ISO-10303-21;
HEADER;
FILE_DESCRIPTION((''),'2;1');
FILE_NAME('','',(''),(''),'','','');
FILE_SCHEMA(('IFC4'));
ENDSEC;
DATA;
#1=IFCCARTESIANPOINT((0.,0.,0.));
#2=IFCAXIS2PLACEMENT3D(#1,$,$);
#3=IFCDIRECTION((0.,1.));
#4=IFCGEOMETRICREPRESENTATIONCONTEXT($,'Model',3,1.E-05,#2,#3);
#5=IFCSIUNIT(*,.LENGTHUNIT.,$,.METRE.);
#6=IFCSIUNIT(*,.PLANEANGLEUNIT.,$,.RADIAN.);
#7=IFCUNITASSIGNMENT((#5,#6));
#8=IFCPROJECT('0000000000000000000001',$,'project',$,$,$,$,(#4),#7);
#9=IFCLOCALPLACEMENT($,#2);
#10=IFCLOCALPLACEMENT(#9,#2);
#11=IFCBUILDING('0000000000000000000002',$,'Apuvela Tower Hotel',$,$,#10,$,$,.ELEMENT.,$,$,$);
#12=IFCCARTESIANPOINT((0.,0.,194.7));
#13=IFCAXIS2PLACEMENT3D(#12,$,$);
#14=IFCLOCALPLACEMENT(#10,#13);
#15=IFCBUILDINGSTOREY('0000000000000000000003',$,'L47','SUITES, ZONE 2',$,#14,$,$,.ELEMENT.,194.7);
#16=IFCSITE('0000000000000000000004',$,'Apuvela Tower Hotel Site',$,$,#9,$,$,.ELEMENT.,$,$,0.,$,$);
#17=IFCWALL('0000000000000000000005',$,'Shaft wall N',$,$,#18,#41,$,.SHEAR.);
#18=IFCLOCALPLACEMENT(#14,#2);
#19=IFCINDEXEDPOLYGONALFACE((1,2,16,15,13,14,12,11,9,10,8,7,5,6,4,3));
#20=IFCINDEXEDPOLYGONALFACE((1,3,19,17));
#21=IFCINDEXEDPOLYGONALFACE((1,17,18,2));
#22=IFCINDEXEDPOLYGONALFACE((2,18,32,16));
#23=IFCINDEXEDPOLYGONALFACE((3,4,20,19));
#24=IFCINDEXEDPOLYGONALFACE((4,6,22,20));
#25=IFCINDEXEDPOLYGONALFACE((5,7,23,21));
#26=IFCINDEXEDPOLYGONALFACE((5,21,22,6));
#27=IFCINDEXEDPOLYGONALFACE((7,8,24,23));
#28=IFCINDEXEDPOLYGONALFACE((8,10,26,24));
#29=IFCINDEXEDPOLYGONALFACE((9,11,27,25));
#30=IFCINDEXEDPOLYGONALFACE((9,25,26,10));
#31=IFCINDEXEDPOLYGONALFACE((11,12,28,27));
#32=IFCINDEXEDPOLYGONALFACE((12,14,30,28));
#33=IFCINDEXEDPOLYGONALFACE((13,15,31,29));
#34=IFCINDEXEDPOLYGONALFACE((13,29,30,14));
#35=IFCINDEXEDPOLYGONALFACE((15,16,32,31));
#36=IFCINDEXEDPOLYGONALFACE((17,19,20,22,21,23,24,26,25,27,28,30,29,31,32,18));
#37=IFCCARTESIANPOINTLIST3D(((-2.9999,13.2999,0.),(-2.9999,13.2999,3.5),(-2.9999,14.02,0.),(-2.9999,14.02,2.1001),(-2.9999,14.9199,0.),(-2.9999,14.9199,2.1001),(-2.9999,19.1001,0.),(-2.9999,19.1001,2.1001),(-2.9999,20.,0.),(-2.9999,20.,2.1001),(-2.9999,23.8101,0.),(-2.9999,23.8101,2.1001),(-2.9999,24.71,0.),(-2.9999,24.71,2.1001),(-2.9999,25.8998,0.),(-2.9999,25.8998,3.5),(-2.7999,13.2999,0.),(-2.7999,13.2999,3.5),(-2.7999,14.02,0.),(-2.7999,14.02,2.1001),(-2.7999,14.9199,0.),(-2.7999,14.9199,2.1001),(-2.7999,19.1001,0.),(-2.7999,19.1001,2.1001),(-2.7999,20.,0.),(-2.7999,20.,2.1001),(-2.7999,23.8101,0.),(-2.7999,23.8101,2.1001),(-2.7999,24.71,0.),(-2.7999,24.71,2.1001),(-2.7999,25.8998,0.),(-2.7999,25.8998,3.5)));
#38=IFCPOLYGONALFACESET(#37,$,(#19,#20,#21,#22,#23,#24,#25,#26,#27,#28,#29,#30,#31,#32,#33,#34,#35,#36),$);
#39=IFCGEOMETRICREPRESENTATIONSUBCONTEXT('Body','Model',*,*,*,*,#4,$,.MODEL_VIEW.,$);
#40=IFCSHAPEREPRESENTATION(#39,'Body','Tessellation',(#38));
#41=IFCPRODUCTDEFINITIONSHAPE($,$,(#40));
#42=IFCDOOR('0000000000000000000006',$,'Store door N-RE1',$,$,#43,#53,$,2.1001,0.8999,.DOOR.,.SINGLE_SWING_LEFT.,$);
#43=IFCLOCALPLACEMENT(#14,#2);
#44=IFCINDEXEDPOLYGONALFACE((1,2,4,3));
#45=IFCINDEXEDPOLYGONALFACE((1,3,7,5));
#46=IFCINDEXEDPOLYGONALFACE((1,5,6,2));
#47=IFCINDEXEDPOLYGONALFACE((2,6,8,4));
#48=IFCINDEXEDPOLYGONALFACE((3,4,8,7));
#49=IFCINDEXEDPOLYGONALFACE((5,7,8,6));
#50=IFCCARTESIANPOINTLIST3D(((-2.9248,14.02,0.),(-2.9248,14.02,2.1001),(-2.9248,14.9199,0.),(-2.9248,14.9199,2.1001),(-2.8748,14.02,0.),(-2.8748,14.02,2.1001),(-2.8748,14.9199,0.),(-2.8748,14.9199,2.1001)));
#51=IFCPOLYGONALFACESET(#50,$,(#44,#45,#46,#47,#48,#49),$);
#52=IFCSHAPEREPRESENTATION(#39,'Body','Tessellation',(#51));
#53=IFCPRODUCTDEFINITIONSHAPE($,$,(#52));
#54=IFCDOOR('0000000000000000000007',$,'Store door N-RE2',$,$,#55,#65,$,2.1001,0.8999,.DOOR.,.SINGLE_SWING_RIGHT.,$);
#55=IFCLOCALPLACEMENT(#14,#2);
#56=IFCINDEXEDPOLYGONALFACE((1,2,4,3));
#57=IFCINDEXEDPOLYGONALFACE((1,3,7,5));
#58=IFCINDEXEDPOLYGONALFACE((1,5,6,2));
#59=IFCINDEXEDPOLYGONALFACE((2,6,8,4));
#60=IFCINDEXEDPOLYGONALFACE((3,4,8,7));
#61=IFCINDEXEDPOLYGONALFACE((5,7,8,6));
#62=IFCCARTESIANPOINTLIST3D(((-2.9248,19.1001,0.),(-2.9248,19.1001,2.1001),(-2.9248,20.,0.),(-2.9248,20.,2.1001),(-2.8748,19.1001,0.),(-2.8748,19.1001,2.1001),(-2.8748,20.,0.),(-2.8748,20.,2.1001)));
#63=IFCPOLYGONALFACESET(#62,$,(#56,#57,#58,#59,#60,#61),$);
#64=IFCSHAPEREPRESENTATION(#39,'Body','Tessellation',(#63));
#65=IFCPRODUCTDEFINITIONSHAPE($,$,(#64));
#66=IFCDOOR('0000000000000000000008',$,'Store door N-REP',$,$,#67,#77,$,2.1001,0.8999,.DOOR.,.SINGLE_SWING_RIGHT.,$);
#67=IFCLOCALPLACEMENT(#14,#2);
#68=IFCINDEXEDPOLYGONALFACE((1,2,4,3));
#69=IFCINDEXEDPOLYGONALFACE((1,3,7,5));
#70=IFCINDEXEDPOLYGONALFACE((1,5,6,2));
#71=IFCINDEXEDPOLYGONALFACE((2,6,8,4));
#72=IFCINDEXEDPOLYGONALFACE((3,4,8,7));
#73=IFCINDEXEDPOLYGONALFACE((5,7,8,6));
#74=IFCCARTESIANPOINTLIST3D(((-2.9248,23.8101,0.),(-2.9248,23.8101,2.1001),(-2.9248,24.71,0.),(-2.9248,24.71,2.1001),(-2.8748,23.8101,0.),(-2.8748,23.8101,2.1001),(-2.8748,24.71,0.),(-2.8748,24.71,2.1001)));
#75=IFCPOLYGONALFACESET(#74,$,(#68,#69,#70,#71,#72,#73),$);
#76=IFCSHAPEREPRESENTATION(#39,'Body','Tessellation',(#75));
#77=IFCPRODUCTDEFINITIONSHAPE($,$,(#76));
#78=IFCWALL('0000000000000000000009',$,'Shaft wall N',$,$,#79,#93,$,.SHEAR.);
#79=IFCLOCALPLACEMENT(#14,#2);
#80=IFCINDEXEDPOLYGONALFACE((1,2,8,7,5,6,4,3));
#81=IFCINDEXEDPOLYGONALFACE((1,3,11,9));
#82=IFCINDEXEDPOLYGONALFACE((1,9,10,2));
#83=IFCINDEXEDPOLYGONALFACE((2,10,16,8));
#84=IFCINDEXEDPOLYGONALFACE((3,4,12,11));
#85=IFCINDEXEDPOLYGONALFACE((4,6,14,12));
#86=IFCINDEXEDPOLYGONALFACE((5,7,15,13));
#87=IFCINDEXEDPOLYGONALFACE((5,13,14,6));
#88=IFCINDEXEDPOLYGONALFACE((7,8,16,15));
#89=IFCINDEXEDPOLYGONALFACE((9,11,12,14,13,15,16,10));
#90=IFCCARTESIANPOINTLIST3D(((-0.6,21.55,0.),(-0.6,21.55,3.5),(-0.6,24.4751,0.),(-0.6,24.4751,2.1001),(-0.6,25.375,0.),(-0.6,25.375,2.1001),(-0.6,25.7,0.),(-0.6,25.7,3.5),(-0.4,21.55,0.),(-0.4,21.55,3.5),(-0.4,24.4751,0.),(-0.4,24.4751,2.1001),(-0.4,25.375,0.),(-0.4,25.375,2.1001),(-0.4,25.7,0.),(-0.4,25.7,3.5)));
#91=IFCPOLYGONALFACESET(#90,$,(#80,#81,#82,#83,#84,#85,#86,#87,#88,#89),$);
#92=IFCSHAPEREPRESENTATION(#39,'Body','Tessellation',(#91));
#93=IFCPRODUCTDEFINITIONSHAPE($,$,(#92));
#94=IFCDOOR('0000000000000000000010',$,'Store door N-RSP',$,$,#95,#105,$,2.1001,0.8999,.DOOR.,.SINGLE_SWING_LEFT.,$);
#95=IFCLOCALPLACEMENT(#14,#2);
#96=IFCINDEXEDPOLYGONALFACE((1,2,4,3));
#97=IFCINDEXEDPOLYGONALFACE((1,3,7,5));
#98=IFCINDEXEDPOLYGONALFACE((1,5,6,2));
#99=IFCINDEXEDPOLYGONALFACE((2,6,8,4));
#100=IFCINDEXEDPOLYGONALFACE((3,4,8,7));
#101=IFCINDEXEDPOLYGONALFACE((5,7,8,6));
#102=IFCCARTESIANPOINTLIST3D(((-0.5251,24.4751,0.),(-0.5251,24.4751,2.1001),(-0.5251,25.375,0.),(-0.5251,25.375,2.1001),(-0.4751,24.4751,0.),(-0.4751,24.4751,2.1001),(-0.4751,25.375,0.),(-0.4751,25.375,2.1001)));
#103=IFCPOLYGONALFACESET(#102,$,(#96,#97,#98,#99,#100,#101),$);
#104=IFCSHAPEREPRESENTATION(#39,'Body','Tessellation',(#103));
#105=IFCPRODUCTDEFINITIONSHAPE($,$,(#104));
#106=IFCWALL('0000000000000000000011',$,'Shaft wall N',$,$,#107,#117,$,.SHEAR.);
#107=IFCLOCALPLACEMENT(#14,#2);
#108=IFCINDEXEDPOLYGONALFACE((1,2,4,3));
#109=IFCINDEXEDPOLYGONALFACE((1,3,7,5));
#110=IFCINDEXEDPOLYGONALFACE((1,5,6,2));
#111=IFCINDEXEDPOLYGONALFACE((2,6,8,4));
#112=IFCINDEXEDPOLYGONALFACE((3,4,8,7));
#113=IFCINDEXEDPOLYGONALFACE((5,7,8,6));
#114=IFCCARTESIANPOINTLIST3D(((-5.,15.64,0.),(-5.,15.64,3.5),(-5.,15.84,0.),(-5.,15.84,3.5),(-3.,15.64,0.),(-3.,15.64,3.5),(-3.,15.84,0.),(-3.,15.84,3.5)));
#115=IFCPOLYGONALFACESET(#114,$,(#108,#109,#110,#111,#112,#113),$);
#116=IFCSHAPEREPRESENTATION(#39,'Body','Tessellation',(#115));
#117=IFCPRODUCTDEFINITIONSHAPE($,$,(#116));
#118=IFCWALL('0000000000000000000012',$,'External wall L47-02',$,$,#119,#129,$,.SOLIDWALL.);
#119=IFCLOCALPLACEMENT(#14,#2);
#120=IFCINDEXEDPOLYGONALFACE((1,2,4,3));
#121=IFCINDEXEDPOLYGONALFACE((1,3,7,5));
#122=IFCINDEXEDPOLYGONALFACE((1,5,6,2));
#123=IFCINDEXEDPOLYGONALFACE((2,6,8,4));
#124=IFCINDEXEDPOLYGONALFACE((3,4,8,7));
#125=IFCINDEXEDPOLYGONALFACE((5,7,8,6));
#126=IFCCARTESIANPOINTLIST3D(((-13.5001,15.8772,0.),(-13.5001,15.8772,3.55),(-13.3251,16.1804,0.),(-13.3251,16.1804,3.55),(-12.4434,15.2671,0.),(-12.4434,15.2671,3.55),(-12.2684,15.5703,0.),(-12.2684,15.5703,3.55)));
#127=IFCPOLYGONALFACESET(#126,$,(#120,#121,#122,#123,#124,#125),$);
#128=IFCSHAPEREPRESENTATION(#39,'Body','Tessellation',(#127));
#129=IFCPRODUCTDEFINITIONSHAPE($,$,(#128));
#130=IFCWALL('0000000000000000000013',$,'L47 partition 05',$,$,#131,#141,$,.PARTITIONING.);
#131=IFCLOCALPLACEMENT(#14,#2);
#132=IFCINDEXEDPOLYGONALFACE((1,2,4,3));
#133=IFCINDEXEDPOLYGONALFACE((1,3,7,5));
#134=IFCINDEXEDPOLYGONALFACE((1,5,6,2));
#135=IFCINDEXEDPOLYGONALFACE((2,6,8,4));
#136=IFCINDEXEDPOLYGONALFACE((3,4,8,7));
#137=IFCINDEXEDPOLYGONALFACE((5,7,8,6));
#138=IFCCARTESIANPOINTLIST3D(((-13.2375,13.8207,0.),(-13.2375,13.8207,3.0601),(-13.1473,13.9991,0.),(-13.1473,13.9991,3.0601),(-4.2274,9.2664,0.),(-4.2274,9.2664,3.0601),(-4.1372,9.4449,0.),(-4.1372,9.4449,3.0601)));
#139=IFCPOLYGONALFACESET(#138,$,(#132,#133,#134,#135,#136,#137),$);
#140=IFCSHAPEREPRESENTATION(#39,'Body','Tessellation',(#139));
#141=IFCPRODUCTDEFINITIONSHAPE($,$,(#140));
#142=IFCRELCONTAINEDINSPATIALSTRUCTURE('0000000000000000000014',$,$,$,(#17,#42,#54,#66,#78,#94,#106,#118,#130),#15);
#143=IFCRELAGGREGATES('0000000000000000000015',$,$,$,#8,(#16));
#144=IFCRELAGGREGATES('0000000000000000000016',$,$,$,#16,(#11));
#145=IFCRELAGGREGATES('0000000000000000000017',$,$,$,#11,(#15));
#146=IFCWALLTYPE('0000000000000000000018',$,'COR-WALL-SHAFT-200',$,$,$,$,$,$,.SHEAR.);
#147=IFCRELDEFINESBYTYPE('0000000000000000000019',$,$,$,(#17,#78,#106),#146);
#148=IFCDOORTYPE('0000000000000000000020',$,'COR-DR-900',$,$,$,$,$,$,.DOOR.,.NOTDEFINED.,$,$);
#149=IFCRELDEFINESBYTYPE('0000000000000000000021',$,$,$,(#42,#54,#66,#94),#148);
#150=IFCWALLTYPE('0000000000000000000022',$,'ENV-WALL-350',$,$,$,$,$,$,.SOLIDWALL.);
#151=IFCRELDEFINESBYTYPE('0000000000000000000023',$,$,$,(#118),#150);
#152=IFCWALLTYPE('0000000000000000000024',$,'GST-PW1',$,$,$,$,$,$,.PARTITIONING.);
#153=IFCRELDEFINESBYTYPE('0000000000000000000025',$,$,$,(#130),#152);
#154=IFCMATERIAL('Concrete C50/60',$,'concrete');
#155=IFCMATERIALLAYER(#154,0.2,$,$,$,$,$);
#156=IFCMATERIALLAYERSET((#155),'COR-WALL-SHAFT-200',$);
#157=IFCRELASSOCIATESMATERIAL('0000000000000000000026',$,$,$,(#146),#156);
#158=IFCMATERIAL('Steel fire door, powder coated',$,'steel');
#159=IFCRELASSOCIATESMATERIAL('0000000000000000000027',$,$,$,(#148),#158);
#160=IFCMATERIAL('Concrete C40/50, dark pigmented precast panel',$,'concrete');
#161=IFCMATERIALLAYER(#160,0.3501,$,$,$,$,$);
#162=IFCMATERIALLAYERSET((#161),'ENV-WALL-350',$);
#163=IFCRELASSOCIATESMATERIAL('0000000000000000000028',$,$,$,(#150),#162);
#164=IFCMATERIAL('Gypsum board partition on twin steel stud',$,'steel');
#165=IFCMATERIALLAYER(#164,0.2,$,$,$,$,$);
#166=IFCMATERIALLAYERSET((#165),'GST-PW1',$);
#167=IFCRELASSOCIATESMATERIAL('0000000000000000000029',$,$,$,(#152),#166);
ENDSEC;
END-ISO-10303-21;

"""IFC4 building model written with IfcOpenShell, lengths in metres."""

from ifc_helpers import new_model, si_unit, direction, frame, frame_2d, origin, place, context, subcontext, project, spatial, rectangle, extrude, material, layer, layer_set, type_object, element, fill, save


model = new_model("IFC4")

# Units and contexts
model_context = context("Model", 3, precision=1e-05, world=origin(), true_north=direction((0.0, 1.0)))
body_context = subcontext(model_context, "Body", "Model", "MODEL_VIEW")
ifc_project = project(units=[si_unit("LENGTHUNIT", "METRE"), si_unit("PLANEANGLEUNIT", "RADIAN")], contexts=[model_context])

# Site, building, storey
site_placement = place(None, origin())
site = spatial("IfcSite", under=ifc_project, at=site_placement, Name="Apuvela Tower Hotel Site", CompositionType="ELEMENT", RefElevation=0.0)
building_placement = place(site_placement, origin())
building = spatial("IfcBuilding", under=site, at=building_placement, Name="Apuvela Tower Hotel", CompositionType="ELEMENT")
storey_placement = place(building_placement, frame((0.0, 0.0, 194.7)))
storey = spatial("IfcBuildingStorey", under=building, at=storey_placement, Name="L47", Description="SUITES, ZONE 2", CompositionType="ELEMENT", Elevation=194.7)

# Shared definitions
ifc_material_1 = material(Name="Concrete C50/60", Category="concrete")
ifc_layer_1 = layer(ifc_material_1, 0.2)
ifc_layer_set_1 = layer_set([ifc_layer_1], Name="COR-WALL-SHAFT-200")
wall_type_1 = type_object("IfcWallType", Name="COR-WALL-SHAFT-200", PredefinedType="SHEAR", material=ifc_layer_set_1)

# Wall, openings, doors
wall_1_placement = place(storey_placement, frame((-2.8999, 13.3, 0.0), z_axis=(0.0, 0.0, 1.0), x_axis=(0.0, 1.0, 0.0)))
wall_1 = element("IfcWall", 1, at=wall_1_placement, inside=storey, type_object=wall_type_1, Name="Shaft wall N", PredefinedType="SHEAR", context=body_context, shape_type="SweptSolid", body=[
    extrude(rectangle(XDim=12.5999, YDim=0.2, at=frame_2d((6.2998, 0.0))), origin(), (0.0, 0.0, 1.0), 3.5),
])
opening_1_placement = place(wall_1_placement, frame((0.72, 0.0, 0.0)))
opening_1 = element("IfcOpeningElement", 2, at=opening_1_placement, cuts=wall_1, PredefinedType="OPENING", context=body_context, shape_type="SweptSolid", body=[
    extrude(rectangle(XDim=0.8999, YDim=2.1001, at=frame_2d((0.45, 1.05))), frame((0.0, 0.1099, 0.0), z_axis=(0.0, -1.0, 0.0), x_axis=(1.0, 0.0, 0.0)), (0.0, 0.0, 1.0), 0.22),
])
opening_2_placement = place(wall_1_placement, frame((5.8, 0.0, 0.0)))
opening_2 = element("IfcOpeningElement", 3, at=opening_2_placement, cuts=wall_1, PredefinedType="OPENING", context=body_context, shape_type="SweptSolid", body=[
    extrude(rectangle(XDim=0.8999, YDim=2.1001, at=frame_2d((0.45, 1.05))), frame((0.0, 0.1099, 0.0), z_axis=(0.0, -1.0, 0.0), x_axis=(1.0, 0.0, 0.0)), (0.0, 0.0, 1.0), 0.22),
])
opening_3_placement = place(wall_1_placement, frame((10.51, 0.0, 0.0)))
opening_3 = element("IfcOpeningElement", 4, at=opening_3_placement, cuts=wall_1, PredefinedType="OPENING", context=body_context, shape_type="SweptSolid", body=[
    extrude(rectangle(XDim=0.8999, YDim=2.1001, at=frame_2d((0.45, 1.05))), frame((0.0, 0.1099, 0.0), z_axis=(0.0, -1.0, 0.0), x_axis=(1.0, 0.0, 0.0)), (0.0, 0.0, 1.0), 0.22),
])
ifc_material_2 = material(Name="Steel fire door, powder coated", Category="steel")
door_type_1 = type_object("IfcDoorType", Name="COR-DR-900", OperationType="NOTDEFINED", PredefinedType="DOOR", material=ifc_material_2)
door_1_placement = place(opening_1_placement, origin())
door_1 = element("IfcDoor", 5, at=door_1_placement, inside=storey, type_object=door_type_1, Name="Store door N-RE1", OperationType="SINGLE_SWING_LEFT", OverallHeight=2.1001, OverallWidth=0.8999, PredefinedType="DOOR", context=body_context, shape_type="SweptSolid", body=[
    extrude(rectangle(XDim=0.8999, YDim=2.1001, at=frame_2d((0.45, 1.05))), frame((0.0, 0.0249, 0.0), z_axis=(0.0, -1.0, 0.0), x_axis=(1.0, 0.0, 0.0)), (0.0, 0.0, 1.0), 0.05),
])
fill(opening_1, door_1)
door_2_placement = place(opening_2_placement, origin())
door_2 = element("IfcDoor", 6, at=door_2_placement, inside=storey, type_object=door_type_1, Name="Store door N-RE2", OperationType="SINGLE_SWING_RIGHT", OverallHeight=2.1001, OverallWidth=0.8999, PredefinedType="DOOR", context=body_context, shape_type="SweptSolid", body=[
    extrude(rectangle(XDim=0.8999, YDim=2.1001, at=frame_2d((0.45, 1.05))), frame((0.0, 0.0249, 0.0), z_axis=(0.0, -1.0, 0.0), x_axis=(1.0, 0.0, 0.0)), (0.0, 0.0, 1.0), 0.05),
])
fill(opening_2, door_2)
door_3_placement = place(opening_3_placement, origin())
door_3 = element("IfcDoor", 7, at=door_3_placement, inside=storey, type_object=door_type_1, Name="Store door N-REP", OperationType="SINGLE_SWING_RIGHT", OverallHeight=2.1001, OverallWidth=0.8999, PredefinedType="DOOR", context=body_context, shape_type="SweptSolid", body=[
    extrude(rectangle(XDim=0.8999, YDim=2.1001, at=frame_2d((0.45, 1.05))), frame((0.0, 0.0249, 0.0), z_axis=(0.0, -1.0, 0.0), x_axis=(1.0, 0.0, 0.0)), (0.0, 0.0, 1.0), 0.05),
])
fill(opening_3, door_3)

# Wall, opening, door
wall_2_placement = place(storey_placement, frame((-0.5, 21.55, 0.0), z_axis=(0.0, 0.0, 1.0), x_axis=(0.0, 1.0, 0.0)))
wall_2 = element("IfcWall", 8, at=wall_2_placement, inside=storey, type_object=wall_type_1, Name="Shaft wall N", PredefinedType="SHEAR", context=body_context, shape_type="SweptSolid", body=[
    extrude(rectangle(XDim=4.1499, YDim=0.2, at=frame_2d((2.075, 0.0))), origin(), (0.0, 0.0, 1.0), 3.5),
])
opening_4_placement = place(wall_2_placement, frame((2.925, 0.0, 0.0)))
opening_4 = element("IfcOpeningElement", 9, at=opening_4_placement, cuts=wall_2, PredefinedType="OPENING", context=body_context, shape_type="SweptSolid", body=[
    extrude(rectangle(XDim=0.8999, YDim=2.1001, at=frame_2d((0.45, 1.05))), frame((0.0, 0.1099, 0.0), z_axis=(0.0, -1.0, 0.0), x_axis=(1.0, 0.0, 0.0)), (0.0, 0.0, 1.0), 0.22),
])
door_4_placement = place(opening_4_placement, frame((0.8999, 0.0, 0.0), z_axis=(0.0, 0.0, 1.0), x_axis=(-1.0, 0.0, 0.0)))
door_4 = element("IfcDoor", 10, at=door_4_placement, inside=storey, type_object=door_type_1, Name="Store door N-RSP", OperationType="SINGLE_SWING_LEFT", OverallHeight=2.1001, OverallWidth=0.8999, PredefinedType="DOOR", context=body_context, shape_type="SweptSolid", body=[
    extrude(rectangle(XDim=0.8999, YDim=2.1001, at=frame_2d((0.45, 1.05))), frame((0.0, 0.0249, 0.0), z_axis=(0.0, -1.0, 0.0), x_axis=(1.0, 0.0, 0.0)), (0.0, 0.0, 1.0), 0.05),
])
fill(opening_4, door_4)

# Walls
wall_3_placement = place(storey_placement, frame((-3.0, 15.74, 0.0), z_axis=(0.0, 0.0, 1.0), x_axis=(-1.0, 0.0, 0.0)))
element("IfcWall", 11, at=wall_3_placement, inside=storey, type_object=wall_type_1, Name="Shaft wall N", PredefinedType="SHEAR", context=body_context, shape_type="SweptSolid", body=[
    extrude(rectangle(XDim=2.0, YDim=0.2, at=frame_2d((1.0, 0.0))), origin(), (0.0, 0.0, 1.0), 3.5),
])
ifc_material_3 = material(Name="Concrete C40/50, dark pigmented precast panel", Category="concrete")
ifc_layer_2 = layer(ifc_material_3, 0.3501)
ifc_layer_set_2 = layer_set([ifc_layer_2], Name="ENV-WALL-350")
wall_type_2 = type_object("IfcWallType", Name="ENV-WALL-350", PredefinedType="SOLIDWALL", material=ifc_layer_set_2)
wall_4_placement = place(storey_placement, frame((-13.4126, 16.0288, 0.0), z_axis=(0.0, 0.0, 1.0), x_axis=(0.866006, -0.500034, 0.0)))
element("IfcWall", 12, at=wall_4_placement, inside=storey, type_object=wall_type_2, Name="External wall L47-02", PredefinedType="SOLIDWALL", context=body_context, shape_type="SweptSolid", body=[
    extrude(rectangle(XDim=1.2202, YDim=0.3501, at=frame_2d((0.6101, 0.0))), origin(), (0.0, 0.0, 1.0), 3.55),
])

# Wall
ifc_material_4 = material(Name="Gypsum board partition on twin steel stud", Category="steel")
ifc_layer_3 = layer(ifc_material_4, 0.2)
ifc_layer_set_3 = layer_set([ifc_layer_3], Name="GST-PW1")
wall_type_3 = type_object("IfcWallType", Name="GST-PW1", PredefinedType="PARTITIONING", material=ifc_layer_set_3)
wall_5_placement = place(storey_placement, frame((-13.1924, 13.9099, 0.0), z_axis=(0.0, 0.0, 1.0), x_axis=(0.89247, -0.451108, 0.0)))
element("IfcWall", 13, at=wall_5_placement, inside=storey, type_object=wall_type_3, Name="L47 partition 05", PredefinedType="PARTITIONING", context=body_context, shape_type="SweptSolid", body=[
    extrude(rectangle(XDim=10.0957, YDim=0.2, at=frame_2d((5.0479, 0.0))), origin(), (0.0, 0.0, 1.0), 3.0601),
])

save(model, "model.ifc")
